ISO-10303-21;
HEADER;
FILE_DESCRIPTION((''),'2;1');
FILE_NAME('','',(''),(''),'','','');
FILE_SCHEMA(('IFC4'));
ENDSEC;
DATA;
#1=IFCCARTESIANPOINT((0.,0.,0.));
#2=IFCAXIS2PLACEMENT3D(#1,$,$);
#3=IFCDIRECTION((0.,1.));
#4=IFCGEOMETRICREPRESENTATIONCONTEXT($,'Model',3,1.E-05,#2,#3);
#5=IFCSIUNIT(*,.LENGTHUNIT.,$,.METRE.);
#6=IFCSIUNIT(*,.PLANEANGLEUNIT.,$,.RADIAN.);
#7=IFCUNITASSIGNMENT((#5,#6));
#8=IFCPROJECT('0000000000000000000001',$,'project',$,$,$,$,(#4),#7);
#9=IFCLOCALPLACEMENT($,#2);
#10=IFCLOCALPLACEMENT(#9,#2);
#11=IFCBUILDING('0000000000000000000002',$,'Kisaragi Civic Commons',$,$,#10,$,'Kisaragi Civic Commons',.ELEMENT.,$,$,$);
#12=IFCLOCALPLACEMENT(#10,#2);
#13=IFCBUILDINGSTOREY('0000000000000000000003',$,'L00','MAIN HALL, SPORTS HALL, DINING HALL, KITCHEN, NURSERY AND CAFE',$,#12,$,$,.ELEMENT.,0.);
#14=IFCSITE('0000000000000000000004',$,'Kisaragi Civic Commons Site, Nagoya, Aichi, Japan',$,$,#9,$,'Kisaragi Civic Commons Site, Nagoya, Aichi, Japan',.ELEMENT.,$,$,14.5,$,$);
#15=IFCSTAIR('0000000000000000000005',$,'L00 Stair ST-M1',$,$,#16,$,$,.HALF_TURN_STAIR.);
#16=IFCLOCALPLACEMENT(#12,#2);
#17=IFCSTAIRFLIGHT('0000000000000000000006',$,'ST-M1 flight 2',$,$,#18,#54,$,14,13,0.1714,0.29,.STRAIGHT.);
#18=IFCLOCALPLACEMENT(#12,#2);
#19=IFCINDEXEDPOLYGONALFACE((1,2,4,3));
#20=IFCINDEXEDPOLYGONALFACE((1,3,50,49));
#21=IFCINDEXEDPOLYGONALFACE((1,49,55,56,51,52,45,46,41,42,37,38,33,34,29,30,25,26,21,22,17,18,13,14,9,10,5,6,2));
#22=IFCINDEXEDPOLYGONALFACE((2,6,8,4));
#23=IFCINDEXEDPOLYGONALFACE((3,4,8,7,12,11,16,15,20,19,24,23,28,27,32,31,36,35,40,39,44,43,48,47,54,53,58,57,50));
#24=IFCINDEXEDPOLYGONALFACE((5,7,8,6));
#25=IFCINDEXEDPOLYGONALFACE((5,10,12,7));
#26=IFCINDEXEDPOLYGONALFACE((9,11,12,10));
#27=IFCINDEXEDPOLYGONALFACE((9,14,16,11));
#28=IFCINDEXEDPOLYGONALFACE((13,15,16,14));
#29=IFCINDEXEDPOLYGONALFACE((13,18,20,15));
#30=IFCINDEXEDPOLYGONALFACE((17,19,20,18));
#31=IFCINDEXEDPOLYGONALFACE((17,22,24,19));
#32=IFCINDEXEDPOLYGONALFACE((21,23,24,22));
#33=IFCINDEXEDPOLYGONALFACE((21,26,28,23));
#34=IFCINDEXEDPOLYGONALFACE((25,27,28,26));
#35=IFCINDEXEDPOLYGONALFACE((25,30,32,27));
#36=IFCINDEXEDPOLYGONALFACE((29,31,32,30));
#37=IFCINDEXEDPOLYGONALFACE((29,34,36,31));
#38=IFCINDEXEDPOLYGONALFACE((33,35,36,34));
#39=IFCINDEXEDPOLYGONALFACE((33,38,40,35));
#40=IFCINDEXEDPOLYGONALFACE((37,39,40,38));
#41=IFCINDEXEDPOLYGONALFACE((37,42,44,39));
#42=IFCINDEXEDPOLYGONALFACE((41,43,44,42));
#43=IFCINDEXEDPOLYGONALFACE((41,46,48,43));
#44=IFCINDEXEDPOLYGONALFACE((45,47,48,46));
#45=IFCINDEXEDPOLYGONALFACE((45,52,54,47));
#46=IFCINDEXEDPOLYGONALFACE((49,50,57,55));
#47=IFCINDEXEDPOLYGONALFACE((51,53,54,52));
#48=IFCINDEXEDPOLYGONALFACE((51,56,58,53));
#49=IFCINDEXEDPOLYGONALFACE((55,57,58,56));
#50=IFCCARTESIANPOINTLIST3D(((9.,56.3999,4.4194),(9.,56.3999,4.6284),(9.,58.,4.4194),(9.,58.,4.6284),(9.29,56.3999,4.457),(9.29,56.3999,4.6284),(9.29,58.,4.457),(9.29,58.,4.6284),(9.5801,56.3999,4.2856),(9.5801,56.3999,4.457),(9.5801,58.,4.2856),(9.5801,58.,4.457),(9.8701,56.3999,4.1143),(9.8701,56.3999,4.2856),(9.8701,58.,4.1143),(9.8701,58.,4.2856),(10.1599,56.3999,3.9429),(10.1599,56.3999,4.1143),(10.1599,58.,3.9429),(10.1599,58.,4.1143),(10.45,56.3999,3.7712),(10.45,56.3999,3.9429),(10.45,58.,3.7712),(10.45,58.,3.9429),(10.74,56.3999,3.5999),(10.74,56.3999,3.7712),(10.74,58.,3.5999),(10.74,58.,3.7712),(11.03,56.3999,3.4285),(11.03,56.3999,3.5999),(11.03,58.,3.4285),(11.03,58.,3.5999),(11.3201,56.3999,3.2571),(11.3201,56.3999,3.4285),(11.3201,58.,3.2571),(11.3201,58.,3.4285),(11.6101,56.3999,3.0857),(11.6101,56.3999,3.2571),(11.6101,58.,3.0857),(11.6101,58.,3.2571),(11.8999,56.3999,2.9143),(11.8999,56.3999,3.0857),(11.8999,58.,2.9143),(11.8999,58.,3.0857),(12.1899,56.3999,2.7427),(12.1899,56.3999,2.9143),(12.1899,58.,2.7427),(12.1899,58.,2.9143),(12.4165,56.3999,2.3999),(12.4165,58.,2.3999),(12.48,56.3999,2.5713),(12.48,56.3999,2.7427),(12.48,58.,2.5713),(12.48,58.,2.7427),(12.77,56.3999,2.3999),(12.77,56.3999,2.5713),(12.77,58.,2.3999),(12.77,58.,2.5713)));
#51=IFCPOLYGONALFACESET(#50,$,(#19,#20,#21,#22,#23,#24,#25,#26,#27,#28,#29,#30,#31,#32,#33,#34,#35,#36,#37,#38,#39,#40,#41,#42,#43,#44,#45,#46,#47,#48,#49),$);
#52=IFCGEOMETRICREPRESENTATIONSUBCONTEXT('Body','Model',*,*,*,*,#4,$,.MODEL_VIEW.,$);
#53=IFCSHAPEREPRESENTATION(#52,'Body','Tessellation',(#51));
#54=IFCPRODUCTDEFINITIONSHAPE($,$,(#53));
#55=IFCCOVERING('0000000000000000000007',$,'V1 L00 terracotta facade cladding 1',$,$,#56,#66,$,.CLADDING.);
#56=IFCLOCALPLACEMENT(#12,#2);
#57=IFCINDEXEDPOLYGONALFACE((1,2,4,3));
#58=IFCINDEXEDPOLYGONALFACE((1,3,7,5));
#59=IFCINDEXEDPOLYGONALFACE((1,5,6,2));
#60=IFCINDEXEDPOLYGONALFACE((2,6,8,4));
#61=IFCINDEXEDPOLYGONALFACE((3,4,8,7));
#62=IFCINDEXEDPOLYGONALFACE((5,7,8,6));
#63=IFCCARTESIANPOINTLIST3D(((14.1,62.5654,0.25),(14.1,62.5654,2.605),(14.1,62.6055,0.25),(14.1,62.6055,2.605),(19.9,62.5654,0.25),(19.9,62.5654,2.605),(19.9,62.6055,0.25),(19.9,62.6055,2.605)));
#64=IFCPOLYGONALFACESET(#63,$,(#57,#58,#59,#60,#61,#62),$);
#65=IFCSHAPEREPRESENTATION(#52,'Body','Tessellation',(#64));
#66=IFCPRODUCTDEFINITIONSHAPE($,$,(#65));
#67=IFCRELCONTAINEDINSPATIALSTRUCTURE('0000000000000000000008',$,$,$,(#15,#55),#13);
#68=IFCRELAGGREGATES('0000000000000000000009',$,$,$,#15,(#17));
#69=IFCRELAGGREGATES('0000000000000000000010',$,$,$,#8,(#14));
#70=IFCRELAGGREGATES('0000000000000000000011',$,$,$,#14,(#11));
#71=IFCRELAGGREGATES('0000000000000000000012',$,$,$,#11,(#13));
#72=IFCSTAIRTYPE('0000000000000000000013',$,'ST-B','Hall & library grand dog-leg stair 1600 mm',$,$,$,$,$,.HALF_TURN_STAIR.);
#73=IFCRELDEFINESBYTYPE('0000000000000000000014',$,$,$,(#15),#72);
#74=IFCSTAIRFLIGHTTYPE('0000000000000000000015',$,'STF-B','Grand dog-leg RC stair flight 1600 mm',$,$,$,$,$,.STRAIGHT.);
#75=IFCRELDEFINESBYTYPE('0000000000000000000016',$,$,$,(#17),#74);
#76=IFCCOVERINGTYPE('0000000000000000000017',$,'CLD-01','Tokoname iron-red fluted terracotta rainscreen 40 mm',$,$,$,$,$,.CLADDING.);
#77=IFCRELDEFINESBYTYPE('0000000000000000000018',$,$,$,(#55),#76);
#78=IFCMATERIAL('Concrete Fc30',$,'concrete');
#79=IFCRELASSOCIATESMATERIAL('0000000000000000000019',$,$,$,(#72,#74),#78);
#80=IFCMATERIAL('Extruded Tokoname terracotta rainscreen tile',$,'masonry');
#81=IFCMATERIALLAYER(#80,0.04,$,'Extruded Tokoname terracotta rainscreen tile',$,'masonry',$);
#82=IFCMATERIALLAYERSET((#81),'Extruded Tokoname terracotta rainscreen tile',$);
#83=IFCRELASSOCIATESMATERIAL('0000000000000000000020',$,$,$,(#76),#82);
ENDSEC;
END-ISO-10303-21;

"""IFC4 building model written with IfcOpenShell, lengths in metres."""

from ifc_helpers import new_model, si_unit, direction, frame, origin, origin_2d, place, context, subcontext, project, spatial, polyline, rectangle, outline, extrude, material, layer, layer_set, type_object, element, aggregate, save


model = new_model("IFC4")

# Units and contexts
model_context = context("Model", 3, precision=1e-05, world=origin(), true_north=direction((0.0, 1.0)))
body_context = subcontext(model_context, "Body", "Model", "MODEL_VIEW")
ifc_project = project(units=[si_unit("LENGTHUNIT", "METRE"), si_unit("PLANEANGLEUNIT", "RADIAN")], contexts=[model_context])

# Site, building, storey
site_placement = place(None, origin())
site = spatial("IfcSite", under=ifc_project, at=site_placement, Name="Kisaragi Civic Commons Site, Nagoya, Aichi, Japan", LongName="Kisaragi Civic Commons Site, Nagoya, Aichi, Japan", CompositionType="ELEMENT", RefElevation=14.5)
building_placement = place(site_placement, origin())
building = spatial("IfcBuilding", under=site, at=building_placement, Name="Kisaragi Civic Commons", LongName="Kisaragi Civic Commons", CompositionType="ELEMENT")
storey_placement = place(building_placement, origin())
storey = spatial("IfcBuildingStorey", under=building, at=storey_placement, Name="L00", Description="MAIN HALL, SPORTS HALL, DINING HALL, KITCHEN, NURSERY AND CAFE", CompositionType="ELEMENT", Elevation=0.0)

# Shared definitions
ifc_material_1 = material(Name="Concrete Fc30", Category="concrete")

# Stair, stair flight
stair_type = type_object("IfcStairType", Name="ST-B", Description="Hall & library grand dog-leg stair 1600 mm", PredefinedType="HALF_TURN_STAIR", material=ifc_material_1)
stair_placement = place(storey_placement, origin())
stair = element("IfcStair", 1, at=stair_placement, inside=storey, type_object=stair_type, Name="L00 Stair ST-M1", PredefinedType="HALF_TURN_STAIR")
stair_flight_type = type_object("IfcStairFlightType", Name="STF-B", Description="Grand dog-leg RC stair flight 1600 mm", PredefinedType="STRAIGHT", material=ifc_material_1)
stair_flight_placement = place(storey_placement, frame((12.77, 57.2, 2.3999), z_axis=(0.0, 0.0, 1.0), x_axis=(-1.0, 0.0, 0.0)))
stair_flight = element("IfcStairFlight", 2, at=stair_flight_placement, type_object=stair_flight_type, Name="ST-M1 flight 2", NumberOfRisers=14, NumberOfTreads=13, PredefinedType="STRAIGHT", RiserHeight=0.1714, TreadLength=0.29, context=body_context, shape_type="SweptSolid", body=[
    extrude(outline(polyline([(0.0, 0.0), (0.0, 0.1714), (0.29, 0.1714), (0.29, 0.3428), (0.5801, 0.3428), (0.5801, 0.5144), (0.8701, 0.5144), (0.8701, 0.6858), (1.1599, 0.6858), (1.1599, 0.8572), (1.45, 0.8572), (1.45, 1.0286), (1.74, 1.0286), (1.74, 1.2), (2.03, 1.2), (2.03, 1.3713), (2.3201, 1.3713), (2.3201, 1.543), (2.6101, 1.543), (2.6101, 1.7144), (2.8999, 1.7144), (2.8999, 1.8857), (3.1899, 1.8857), (3.1899, 2.0571), (3.48, 2.0571), (3.48, 2.2285), (3.77, 2.2285), (3.77, 2.3999), (3.77, 2.0195), (0.3535, 0.0), (0.0, 0.0)])), frame((0.0, 0.8, 0.0), z_axis=(0.0, -1.0, 0.0), x_axis=(1.0, 0.0, 0.0)), (0.0, 0.0, 1.0), 1.6001),
])
aggregate(stair, [stair_flight])

# Covering
ifc_material_2 = material(Name="Extruded Tokoname terracotta rainscreen tile", Category="masonry")
ifc_layer_1 = layer(ifc_material_2, 0.04, Name="Extruded Tokoname terracotta rainscreen tile", Category="masonry")
ifc_layer_set_1 = layer_set([ifc_layer_1], Name="Extruded Tokoname terracotta rainscreen tile")
covering_type = type_object("IfcCoveringType", Name="CLD-01", Description="Tokoname iron-red fluted terracotta rainscreen 40 mm", PredefinedType="CLADDING", material=ifc_layer_set_1)
covering_placement = place(storey_placement, frame((17.0, 62.5854, 0.25), z_axis=(0.0, 0.0, 1.0), x_axis=(1.0, 0.0, 0.0)))
element("IfcCovering", 3, at=covering_placement, inside=storey, type_object=covering_type, Name="V1 L00 terracotta facade cladding 1", PredefinedType="CLADDING", context=body_context, shape_type="SweptSolid", body=[
    extrude(rectangle(XDim=5.8, YDim=0.04, at=origin_2d()), origin(), (0.0, 0.0, 1.0), 2.355),
])

save(model, "model.ifc")
